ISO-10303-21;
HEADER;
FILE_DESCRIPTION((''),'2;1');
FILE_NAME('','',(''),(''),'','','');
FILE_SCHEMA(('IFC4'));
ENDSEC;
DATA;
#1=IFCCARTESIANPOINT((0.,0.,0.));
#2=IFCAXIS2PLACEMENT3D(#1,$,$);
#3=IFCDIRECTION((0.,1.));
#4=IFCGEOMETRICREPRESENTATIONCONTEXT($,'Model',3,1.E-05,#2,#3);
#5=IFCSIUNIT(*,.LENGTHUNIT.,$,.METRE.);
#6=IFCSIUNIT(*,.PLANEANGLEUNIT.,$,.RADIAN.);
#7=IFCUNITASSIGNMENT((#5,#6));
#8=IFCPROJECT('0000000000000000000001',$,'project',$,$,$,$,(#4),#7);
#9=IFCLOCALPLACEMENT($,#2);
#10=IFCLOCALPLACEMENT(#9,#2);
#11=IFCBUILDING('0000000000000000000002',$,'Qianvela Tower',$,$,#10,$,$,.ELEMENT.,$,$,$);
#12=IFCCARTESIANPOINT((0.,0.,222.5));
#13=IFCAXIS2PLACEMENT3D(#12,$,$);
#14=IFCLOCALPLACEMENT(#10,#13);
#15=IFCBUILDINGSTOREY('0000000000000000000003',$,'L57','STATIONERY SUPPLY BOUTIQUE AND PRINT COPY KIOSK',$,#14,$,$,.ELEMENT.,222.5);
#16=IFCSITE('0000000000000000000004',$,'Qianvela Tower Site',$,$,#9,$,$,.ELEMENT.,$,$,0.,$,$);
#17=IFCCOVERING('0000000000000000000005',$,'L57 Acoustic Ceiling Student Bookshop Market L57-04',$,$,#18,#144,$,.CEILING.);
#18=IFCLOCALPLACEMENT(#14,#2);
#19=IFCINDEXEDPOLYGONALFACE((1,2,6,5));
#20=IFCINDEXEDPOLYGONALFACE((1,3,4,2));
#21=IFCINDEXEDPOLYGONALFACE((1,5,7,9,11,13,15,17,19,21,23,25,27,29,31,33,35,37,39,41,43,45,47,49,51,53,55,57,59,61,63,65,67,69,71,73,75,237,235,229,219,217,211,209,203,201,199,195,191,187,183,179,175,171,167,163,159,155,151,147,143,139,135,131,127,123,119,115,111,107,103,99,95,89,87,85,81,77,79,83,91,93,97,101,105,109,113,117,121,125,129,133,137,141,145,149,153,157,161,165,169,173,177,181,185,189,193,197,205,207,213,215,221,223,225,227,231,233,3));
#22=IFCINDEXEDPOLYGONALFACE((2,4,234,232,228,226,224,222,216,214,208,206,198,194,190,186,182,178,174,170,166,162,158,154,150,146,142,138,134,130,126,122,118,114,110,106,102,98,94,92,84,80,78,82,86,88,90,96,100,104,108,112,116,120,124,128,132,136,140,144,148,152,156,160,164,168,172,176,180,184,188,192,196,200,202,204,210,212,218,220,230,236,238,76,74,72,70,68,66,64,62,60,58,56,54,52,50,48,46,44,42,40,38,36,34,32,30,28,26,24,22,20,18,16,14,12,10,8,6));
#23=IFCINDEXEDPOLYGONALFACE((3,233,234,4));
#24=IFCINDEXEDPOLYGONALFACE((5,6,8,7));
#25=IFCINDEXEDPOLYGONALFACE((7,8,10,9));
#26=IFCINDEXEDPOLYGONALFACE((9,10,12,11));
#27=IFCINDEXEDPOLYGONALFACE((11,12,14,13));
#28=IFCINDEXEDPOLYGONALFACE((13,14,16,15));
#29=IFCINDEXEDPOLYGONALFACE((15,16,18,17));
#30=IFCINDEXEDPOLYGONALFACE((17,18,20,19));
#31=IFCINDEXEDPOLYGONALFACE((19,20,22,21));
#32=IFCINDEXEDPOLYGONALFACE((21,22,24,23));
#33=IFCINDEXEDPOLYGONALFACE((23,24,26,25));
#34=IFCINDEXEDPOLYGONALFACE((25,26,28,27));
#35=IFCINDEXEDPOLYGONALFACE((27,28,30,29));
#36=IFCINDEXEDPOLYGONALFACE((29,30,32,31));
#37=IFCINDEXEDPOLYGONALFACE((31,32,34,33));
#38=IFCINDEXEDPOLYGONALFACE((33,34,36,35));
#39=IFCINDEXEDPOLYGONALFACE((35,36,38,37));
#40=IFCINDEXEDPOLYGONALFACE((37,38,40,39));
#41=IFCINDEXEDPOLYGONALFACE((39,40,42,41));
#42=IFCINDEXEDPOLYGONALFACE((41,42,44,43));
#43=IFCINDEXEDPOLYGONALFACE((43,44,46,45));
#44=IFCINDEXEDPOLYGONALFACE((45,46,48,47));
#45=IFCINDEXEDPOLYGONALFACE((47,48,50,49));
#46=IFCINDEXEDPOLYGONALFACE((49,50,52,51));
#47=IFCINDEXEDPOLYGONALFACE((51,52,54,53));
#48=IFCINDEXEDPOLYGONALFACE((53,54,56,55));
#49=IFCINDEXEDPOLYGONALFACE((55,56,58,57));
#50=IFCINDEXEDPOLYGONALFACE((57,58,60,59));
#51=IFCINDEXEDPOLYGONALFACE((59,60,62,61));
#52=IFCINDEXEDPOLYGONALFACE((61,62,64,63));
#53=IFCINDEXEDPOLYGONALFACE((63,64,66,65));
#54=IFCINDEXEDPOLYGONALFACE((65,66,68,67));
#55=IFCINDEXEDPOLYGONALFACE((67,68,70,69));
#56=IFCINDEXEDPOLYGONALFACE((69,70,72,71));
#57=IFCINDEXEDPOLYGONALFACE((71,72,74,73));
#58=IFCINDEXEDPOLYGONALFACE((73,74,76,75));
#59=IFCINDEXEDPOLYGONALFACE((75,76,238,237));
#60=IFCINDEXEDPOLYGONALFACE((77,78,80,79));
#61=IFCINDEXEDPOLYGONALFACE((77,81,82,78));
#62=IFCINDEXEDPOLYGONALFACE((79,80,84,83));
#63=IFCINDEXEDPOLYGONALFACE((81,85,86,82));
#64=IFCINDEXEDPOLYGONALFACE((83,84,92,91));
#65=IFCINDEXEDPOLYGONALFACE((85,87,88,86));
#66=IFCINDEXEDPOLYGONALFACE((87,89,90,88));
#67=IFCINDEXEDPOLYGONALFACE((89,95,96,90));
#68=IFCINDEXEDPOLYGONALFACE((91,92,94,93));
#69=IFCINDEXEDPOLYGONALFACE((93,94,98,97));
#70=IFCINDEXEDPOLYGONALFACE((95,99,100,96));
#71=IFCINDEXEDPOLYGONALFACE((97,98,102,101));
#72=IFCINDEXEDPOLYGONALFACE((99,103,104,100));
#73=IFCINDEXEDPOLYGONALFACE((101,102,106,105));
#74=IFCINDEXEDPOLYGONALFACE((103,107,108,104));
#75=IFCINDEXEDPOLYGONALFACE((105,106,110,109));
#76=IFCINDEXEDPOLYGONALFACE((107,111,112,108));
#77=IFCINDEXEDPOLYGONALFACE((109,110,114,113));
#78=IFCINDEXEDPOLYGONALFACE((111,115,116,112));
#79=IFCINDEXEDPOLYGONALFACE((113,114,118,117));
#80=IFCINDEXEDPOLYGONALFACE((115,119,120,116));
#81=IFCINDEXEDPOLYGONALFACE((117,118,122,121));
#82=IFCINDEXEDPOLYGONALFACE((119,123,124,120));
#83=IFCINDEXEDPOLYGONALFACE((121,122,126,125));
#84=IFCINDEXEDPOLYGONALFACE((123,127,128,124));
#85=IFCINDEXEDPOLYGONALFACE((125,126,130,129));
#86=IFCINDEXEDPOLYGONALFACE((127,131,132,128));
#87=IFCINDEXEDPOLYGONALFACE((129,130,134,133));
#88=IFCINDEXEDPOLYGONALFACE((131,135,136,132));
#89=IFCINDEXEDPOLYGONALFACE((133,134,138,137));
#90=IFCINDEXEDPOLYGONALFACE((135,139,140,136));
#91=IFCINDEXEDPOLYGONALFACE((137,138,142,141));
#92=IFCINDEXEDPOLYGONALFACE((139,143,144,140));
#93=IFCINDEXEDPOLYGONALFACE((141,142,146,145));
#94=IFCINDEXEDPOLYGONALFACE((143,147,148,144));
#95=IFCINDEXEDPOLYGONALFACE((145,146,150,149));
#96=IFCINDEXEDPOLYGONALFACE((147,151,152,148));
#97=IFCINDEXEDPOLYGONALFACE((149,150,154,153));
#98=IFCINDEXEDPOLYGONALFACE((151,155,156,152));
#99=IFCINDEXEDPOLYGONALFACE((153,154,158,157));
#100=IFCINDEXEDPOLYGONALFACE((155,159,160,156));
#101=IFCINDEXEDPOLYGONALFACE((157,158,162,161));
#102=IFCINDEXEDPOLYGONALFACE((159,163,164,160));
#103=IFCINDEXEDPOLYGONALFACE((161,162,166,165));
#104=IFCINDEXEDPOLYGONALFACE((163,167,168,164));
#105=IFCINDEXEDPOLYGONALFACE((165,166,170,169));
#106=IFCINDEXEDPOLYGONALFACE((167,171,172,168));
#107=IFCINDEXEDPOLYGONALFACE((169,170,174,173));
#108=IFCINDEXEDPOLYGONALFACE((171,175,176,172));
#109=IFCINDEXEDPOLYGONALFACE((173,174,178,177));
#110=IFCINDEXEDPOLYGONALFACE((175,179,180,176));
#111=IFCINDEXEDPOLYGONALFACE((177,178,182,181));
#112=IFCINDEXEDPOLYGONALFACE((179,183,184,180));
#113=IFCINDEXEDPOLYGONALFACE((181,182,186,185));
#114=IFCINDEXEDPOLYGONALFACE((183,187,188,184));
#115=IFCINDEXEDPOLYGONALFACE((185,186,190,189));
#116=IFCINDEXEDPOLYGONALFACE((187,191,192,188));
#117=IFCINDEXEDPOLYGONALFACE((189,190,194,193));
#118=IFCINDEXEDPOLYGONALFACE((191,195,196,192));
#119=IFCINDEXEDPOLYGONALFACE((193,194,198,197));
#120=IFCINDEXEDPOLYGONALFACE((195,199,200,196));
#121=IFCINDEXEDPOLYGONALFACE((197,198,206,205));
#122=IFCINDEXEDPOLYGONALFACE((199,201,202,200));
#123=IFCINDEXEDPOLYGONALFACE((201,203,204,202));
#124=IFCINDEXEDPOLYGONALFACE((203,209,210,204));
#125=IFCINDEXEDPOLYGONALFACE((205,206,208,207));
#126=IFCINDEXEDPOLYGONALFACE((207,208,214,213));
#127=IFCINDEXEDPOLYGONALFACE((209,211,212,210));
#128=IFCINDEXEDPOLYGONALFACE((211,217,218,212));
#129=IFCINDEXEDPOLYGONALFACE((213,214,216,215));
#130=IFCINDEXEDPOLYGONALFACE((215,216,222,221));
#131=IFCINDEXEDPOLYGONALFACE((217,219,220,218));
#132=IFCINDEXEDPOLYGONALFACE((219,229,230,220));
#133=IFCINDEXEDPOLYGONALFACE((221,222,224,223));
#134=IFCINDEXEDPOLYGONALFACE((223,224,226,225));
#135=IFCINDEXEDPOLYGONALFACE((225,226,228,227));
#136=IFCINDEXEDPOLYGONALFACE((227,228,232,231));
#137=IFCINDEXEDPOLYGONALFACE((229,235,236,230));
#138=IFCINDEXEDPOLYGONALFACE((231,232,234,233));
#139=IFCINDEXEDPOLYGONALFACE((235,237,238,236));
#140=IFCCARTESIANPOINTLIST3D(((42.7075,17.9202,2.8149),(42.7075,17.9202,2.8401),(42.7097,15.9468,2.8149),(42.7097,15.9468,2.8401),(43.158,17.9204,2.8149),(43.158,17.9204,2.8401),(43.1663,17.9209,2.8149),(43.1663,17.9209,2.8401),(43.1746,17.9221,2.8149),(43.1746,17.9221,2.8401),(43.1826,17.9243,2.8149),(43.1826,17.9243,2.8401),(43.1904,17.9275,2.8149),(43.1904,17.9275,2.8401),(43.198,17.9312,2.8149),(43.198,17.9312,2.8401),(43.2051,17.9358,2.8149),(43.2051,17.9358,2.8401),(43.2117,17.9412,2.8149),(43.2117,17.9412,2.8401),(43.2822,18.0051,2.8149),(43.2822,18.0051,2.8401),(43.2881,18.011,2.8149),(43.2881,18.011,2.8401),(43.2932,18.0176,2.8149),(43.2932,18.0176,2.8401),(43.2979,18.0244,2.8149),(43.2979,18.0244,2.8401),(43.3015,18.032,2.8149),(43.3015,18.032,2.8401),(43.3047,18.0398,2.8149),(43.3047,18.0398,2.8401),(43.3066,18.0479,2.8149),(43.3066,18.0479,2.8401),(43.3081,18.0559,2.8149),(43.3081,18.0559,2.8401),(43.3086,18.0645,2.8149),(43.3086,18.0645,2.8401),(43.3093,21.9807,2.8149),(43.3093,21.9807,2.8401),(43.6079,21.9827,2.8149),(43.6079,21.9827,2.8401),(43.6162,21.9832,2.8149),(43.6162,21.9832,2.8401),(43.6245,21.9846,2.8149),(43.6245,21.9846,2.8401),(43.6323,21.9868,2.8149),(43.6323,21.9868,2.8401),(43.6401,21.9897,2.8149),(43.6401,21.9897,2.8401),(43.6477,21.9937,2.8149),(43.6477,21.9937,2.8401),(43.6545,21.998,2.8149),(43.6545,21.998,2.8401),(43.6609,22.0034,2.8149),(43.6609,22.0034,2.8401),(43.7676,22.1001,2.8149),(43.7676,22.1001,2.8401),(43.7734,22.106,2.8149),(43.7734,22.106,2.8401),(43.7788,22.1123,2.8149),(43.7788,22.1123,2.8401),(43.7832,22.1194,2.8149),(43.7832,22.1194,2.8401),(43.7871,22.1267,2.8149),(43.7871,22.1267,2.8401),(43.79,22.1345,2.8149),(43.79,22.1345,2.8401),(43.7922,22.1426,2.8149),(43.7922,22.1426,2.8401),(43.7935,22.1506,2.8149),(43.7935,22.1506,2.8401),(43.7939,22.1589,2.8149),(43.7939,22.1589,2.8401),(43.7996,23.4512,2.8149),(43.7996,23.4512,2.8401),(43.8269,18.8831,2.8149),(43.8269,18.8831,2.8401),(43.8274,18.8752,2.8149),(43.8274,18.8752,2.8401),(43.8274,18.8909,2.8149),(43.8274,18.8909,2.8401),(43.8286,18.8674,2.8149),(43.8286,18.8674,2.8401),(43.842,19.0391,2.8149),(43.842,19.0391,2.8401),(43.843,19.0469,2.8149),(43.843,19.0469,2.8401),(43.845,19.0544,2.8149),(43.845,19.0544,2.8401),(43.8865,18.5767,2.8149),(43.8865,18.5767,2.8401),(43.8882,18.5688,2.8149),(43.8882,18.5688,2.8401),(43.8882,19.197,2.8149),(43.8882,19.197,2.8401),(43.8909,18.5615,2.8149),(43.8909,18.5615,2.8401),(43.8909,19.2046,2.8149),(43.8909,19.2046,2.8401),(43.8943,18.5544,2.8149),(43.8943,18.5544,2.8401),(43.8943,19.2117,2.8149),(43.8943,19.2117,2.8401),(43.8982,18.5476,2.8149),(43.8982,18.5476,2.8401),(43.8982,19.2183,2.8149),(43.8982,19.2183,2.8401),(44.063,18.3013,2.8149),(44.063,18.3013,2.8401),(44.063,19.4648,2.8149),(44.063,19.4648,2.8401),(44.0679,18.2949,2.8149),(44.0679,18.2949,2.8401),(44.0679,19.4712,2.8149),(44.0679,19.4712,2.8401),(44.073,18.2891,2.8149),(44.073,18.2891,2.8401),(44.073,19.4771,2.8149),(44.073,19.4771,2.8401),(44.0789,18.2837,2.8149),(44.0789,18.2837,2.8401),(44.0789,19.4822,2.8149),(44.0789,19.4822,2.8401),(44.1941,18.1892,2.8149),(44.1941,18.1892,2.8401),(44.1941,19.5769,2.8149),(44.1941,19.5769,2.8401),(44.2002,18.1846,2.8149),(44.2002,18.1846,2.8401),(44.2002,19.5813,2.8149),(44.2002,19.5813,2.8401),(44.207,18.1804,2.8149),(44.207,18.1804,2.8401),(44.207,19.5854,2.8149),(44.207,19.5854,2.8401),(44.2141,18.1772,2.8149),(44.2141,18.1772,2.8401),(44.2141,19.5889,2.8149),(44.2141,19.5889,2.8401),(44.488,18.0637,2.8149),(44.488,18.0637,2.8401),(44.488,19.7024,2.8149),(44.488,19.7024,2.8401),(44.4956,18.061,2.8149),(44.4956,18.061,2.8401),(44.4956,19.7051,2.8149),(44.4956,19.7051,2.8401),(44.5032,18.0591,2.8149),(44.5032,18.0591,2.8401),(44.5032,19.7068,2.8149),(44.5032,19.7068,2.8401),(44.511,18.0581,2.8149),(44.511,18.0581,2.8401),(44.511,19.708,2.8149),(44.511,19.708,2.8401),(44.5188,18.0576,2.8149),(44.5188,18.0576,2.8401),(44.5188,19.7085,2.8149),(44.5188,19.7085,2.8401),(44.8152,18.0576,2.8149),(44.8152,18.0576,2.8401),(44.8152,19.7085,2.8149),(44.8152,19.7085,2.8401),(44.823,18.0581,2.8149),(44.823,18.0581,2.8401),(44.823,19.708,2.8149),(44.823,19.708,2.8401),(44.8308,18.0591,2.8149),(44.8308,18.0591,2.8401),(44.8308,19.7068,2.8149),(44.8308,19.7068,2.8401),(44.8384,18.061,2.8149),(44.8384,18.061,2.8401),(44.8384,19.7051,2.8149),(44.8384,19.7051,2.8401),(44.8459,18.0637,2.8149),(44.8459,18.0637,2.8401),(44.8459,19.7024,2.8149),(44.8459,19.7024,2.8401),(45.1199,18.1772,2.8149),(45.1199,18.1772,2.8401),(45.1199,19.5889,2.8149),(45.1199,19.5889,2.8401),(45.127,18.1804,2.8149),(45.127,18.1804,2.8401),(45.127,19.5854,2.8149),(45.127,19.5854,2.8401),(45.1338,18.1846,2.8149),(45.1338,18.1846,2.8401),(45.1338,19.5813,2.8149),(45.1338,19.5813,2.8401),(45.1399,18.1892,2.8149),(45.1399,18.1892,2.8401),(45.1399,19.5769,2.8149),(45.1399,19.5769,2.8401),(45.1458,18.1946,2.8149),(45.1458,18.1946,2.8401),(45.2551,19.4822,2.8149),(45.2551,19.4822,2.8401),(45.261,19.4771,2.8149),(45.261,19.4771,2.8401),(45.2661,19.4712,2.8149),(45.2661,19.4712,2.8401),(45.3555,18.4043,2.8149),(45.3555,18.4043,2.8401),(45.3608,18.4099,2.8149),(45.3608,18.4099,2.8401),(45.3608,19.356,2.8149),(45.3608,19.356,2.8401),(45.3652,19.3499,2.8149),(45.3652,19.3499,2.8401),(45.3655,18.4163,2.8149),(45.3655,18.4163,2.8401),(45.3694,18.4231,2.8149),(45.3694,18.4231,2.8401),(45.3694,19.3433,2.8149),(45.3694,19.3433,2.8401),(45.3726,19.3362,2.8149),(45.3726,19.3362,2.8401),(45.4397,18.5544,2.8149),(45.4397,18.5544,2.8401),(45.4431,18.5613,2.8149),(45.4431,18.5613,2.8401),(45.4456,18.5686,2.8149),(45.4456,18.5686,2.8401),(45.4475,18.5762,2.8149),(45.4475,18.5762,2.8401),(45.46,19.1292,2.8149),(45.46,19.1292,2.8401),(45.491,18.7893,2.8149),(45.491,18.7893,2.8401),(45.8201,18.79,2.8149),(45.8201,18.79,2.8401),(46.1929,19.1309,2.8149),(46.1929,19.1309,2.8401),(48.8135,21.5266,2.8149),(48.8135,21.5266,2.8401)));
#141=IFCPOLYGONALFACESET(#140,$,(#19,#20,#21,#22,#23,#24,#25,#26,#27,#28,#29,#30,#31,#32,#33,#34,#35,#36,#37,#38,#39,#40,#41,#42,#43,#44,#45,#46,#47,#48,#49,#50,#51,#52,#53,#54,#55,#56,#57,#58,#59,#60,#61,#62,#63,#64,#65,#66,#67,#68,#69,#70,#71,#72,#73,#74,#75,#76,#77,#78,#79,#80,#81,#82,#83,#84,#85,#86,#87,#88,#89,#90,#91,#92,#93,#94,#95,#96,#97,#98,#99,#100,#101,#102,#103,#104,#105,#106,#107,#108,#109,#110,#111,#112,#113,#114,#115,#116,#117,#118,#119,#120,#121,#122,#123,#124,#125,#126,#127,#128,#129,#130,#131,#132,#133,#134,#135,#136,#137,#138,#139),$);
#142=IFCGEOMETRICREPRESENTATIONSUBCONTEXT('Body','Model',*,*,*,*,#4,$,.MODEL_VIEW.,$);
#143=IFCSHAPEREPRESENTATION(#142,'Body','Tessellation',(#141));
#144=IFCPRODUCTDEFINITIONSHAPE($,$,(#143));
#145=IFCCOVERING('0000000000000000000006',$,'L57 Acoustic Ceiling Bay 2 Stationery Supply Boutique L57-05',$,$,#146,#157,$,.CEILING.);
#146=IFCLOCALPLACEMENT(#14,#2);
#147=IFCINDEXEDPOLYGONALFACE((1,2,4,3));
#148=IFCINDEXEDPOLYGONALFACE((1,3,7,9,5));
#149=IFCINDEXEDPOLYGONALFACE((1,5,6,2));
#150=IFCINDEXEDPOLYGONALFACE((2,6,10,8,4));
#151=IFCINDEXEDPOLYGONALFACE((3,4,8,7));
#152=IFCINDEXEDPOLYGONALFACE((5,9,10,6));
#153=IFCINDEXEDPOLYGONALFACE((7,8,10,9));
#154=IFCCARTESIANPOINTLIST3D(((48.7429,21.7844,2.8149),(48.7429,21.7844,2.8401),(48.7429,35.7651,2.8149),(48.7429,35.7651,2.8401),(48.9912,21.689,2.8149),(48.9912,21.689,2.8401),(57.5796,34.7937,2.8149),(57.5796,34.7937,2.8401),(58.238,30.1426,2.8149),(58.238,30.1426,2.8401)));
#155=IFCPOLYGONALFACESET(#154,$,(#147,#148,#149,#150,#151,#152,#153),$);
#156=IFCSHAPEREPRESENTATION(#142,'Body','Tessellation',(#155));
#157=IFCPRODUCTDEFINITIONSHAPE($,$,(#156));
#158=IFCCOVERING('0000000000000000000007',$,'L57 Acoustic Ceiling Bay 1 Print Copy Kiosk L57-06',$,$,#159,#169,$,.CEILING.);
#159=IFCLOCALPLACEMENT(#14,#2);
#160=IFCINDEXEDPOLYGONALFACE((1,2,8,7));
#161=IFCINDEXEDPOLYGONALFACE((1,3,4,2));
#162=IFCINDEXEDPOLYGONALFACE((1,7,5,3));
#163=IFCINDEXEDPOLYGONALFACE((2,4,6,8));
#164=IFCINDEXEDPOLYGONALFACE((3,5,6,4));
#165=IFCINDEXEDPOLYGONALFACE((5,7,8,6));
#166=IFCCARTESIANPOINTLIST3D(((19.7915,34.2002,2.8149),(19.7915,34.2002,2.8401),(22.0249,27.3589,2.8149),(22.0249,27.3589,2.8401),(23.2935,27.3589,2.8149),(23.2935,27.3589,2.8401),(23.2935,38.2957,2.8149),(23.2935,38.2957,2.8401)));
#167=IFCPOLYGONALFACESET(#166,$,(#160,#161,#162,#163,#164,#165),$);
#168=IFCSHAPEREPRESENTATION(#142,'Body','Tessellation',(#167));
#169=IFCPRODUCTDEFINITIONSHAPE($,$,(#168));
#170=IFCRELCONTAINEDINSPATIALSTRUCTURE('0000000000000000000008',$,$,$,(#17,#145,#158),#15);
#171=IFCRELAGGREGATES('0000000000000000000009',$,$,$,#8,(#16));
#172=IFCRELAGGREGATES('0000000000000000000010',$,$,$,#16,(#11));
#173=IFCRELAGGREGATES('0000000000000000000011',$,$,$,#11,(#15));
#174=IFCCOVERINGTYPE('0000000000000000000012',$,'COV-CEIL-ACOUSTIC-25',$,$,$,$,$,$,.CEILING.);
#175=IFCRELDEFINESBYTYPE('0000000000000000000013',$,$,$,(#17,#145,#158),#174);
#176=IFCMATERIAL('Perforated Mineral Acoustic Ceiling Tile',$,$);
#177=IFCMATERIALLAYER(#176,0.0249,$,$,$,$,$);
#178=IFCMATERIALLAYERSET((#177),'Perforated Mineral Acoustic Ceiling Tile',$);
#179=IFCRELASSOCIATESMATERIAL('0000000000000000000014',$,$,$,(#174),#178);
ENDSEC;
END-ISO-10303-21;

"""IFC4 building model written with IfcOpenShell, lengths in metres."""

from ifc_helpers import new_model, si_unit, direction, frame, origin, place, context, subcontext, project, spatial, polyline, outline, extrude, material, layer, layer_set, type_object, element, save


model = new_model("IFC4")

# Units and contexts
model_context = context("Model", 3, precision=1e-05, world=origin(), true_north=direction((0.0, 1.0)))
body_context = subcontext(model_context, "Body", "Model", "MODEL_VIEW")
ifc_project = project(units=[si_unit("LENGTHUNIT", "METRE"), si_unit("PLANEANGLEUNIT", "RADIAN")], contexts=[model_context])

# Site, building, storey
site_placement = place(None, origin())
site = spatial("IfcSite", under=ifc_project, at=site_placement, Name="Qianvela Tower Site", CompositionType="ELEMENT", RefElevation=0.0)
building_placement = place(site_placement, origin())
building = spatial("IfcBuilding", under=site, at=building_placement, Name="Qianvela Tower", CompositionType="ELEMENT")
storey_placement = place(building_placement, frame((0.0, 0.0, 222.5)))
storey = spatial("IfcBuildingStorey", under=building, at=storey_placement, Name="L57", Description="STATIONERY SUPPLY BOUTIQUE AND PRINT COPY KIOSK", CompositionType="ELEMENT", Elevation=222.5)

# Coverings
ifc_material_1 = material(Name="Perforated Mineral Acoustic Ceiling Tile")
ifc_layer_1 = layer(ifc_material_1, 0.0249)
ifc_layer_set_1 = layer_set([ifc_layer_1], Name="Perforated Mineral Acoustic Ceiling Tile")
covering_type_1 = type_object("IfcCoveringType", Name="COV-CEIL-ACOUSTIC-25", PredefinedType="CEILING", material=ifc_layer_set_1)
covering_1_placement = place(storey_placement, frame((0.0, 0.0, 2.8149)))
element("IfcCovering", 1, at=covering_1_placement, inside=storey, type_object=covering_type_1, Name="L57 Acoustic Ceiling Student Bookshop Market L57-04", PredefinedType="CEILING", context=body_context, shape_type="SweptSolid", body=[
    extrude(outline(polyline([(43.2822, 18.0051), (43.2881, 18.011), (43.2932, 18.0176), (43.2979, 18.0244), (43.3015, 18.032), (43.3047, 18.0398), (43.3066, 18.0479), (43.3081, 18.0559), (43.3086, 18.0645), (43.3093, 21.9807), (43.6079, 21.9827), (43.6162, 21.9832), (43.6245, 21.9846), (43.6323, 21.9868), (43.6401, 21.9897), (43.6477, 21.9937), (43.6545, 21.998), (43.6609, 22.0034), (43.7676, 22.1001), (43.7734, 22.106), (43.7788, 22.1123), (43.7832, 22.1194), (43.7871, 22.1267), (43.79, 22.1345), (43.7922, 22.1426), (43.7935, 22.1506), (43.7939, 22.1589), (43.7996, 23.4512), (48.8135, 21.5266), (46.1929, 19.1309), (45.46, 19.1292), (45.3726, 19.3362), (45.3694, 19.3433), (45.3652, 19.3499), (45.3608, 19.356), (45.2661, 19.4712), (45.261, 19.4771), (45.2551, 19.4822), (45.1399, 19.5769), (45.1338, 19.5813), (45.127, 19.5854), (45.1199, 19.5889), (44.8459, 19.7024), (44.8384, 19.7051), (44.8308, 19.7068), (44.823, 19.708), (44.8152, 19.7085), (44.5188, 19.7085), (44.511, 19.708), (44.5032, 19.7068), (44.4956, 19.7051), (44.488, 19.7024), (44.2141, 19.5889), (44.207, 19.5854), (44.2002, 19.5813), (44.1941, 19.5769), (44.0789, 19.4822), (44.073, 19.4771), (44.0679, 19.4712), (44.063, 19.4648), (43.8982, 19.2183), (43.8943, 19.2117), (43.8909, 19.2046), (43.8882, 19.197), (43.845, 19.0544), (43.843, 19.0469), (43.842, 19.0391), (43.8274, 18.8909), (43.8269, 18.8831), (43.8274, 18.8752), (43.8286, 18.8674), (43.8865, 18.5767), (43.8882, 18.5688), (43.8909, 18.5615), (43.8943, 18.5544), (43.8982, 18.5476), (44.063, 18.3013), (44.0679, 18.2949), (44.073, 18.2891), (44.0789, 18.2837), (44.1941, 18.1892), (44.2002, 18.1846), (44.207, 18.1804), (44.2141, 18.1772), (44.488, 18.0637), (44.4956, 18.061), (44.5032, 18.0591), (44.511, 18.0581), (44.5188, 18.0576), (44.8152, 18.0576), (44.823, 18.0581), (44.8308, 18.0591), (44.8384, 18.061), (44.8459, 18.0637), (45.1199, 18.1772), (45.127, 18.1804), (45.1338, 18.1846), (45.1399, 18.1892), (45.1458, 18.1946), (45.3555, 18.4043), (45.3608, 18.4099), (45.3655, 18.4163), (45.3694, 18.4231), (45.4397, 18.5544), (45.4431, 18.5613), (45.4456, 18.5686), (45.4475, 18.5762), (45.491, 18.7893), (45.8201, 18.79), (42.7097, 15.9468), (42.7075, 17.9202), (43.158, 17.9204), (43.1663, 17.9209), (43.1746, 17.9221), (43.1826, 17.9243), (43.1904, 17.9275), (43.198, 17.9312), (43.2051, 17.9358), (43.2117, 17.9412), (43.2822, 18.0051)])), origin(), (0.0, 0.0, 1.0), 0.0251),
])
covering_2_placement = place(storey_placement, frame((0.0, 0.0, 2.8149)))
element("IfcCovering", 2, at=covering_2_placement, inside=storey, type_object=covering_type_1, Name="L57 Acoustic Ceiling Bay 2 Stationery Supply Boutique L57-05", PredefinedType="CEILING", context=body_context, shape_type="SweptSolid", body=[
    extrude(outline(polyline([(57.5796, 34.7937), (58.238, 30.1426), (48.9912, 21.689), (48.7429, 21.7844), (48.7429, 35.7651), (57.5796, 34.7937)])), origin(), (0.0, 0.0, 1.0), 0.0251),
])
covering_3_placement = place(storey_placement, frame((0.0, 0.0, 2.8149)))
element("IfcCovering", 3, at=covering_3_placement, inside=storey, type_object=covering_type_1, Name="L57 Acoustic Ceiling Bay 1 Print Copy Kiosk L57-06", PredefinedType="CEILING", context=body_context, shape_type="SweptSolid", body=[
    extrude(outline(polyline([(22.0249, 27.3589), (19.7915, 34.2002), (23.2935, 38.2957), (23.2935, 27.3589), (22.0249, 27.3589)])), origin(), (0.0, 0.0, 1.0), 0.0251),
])

save(model, "model.ifc")
